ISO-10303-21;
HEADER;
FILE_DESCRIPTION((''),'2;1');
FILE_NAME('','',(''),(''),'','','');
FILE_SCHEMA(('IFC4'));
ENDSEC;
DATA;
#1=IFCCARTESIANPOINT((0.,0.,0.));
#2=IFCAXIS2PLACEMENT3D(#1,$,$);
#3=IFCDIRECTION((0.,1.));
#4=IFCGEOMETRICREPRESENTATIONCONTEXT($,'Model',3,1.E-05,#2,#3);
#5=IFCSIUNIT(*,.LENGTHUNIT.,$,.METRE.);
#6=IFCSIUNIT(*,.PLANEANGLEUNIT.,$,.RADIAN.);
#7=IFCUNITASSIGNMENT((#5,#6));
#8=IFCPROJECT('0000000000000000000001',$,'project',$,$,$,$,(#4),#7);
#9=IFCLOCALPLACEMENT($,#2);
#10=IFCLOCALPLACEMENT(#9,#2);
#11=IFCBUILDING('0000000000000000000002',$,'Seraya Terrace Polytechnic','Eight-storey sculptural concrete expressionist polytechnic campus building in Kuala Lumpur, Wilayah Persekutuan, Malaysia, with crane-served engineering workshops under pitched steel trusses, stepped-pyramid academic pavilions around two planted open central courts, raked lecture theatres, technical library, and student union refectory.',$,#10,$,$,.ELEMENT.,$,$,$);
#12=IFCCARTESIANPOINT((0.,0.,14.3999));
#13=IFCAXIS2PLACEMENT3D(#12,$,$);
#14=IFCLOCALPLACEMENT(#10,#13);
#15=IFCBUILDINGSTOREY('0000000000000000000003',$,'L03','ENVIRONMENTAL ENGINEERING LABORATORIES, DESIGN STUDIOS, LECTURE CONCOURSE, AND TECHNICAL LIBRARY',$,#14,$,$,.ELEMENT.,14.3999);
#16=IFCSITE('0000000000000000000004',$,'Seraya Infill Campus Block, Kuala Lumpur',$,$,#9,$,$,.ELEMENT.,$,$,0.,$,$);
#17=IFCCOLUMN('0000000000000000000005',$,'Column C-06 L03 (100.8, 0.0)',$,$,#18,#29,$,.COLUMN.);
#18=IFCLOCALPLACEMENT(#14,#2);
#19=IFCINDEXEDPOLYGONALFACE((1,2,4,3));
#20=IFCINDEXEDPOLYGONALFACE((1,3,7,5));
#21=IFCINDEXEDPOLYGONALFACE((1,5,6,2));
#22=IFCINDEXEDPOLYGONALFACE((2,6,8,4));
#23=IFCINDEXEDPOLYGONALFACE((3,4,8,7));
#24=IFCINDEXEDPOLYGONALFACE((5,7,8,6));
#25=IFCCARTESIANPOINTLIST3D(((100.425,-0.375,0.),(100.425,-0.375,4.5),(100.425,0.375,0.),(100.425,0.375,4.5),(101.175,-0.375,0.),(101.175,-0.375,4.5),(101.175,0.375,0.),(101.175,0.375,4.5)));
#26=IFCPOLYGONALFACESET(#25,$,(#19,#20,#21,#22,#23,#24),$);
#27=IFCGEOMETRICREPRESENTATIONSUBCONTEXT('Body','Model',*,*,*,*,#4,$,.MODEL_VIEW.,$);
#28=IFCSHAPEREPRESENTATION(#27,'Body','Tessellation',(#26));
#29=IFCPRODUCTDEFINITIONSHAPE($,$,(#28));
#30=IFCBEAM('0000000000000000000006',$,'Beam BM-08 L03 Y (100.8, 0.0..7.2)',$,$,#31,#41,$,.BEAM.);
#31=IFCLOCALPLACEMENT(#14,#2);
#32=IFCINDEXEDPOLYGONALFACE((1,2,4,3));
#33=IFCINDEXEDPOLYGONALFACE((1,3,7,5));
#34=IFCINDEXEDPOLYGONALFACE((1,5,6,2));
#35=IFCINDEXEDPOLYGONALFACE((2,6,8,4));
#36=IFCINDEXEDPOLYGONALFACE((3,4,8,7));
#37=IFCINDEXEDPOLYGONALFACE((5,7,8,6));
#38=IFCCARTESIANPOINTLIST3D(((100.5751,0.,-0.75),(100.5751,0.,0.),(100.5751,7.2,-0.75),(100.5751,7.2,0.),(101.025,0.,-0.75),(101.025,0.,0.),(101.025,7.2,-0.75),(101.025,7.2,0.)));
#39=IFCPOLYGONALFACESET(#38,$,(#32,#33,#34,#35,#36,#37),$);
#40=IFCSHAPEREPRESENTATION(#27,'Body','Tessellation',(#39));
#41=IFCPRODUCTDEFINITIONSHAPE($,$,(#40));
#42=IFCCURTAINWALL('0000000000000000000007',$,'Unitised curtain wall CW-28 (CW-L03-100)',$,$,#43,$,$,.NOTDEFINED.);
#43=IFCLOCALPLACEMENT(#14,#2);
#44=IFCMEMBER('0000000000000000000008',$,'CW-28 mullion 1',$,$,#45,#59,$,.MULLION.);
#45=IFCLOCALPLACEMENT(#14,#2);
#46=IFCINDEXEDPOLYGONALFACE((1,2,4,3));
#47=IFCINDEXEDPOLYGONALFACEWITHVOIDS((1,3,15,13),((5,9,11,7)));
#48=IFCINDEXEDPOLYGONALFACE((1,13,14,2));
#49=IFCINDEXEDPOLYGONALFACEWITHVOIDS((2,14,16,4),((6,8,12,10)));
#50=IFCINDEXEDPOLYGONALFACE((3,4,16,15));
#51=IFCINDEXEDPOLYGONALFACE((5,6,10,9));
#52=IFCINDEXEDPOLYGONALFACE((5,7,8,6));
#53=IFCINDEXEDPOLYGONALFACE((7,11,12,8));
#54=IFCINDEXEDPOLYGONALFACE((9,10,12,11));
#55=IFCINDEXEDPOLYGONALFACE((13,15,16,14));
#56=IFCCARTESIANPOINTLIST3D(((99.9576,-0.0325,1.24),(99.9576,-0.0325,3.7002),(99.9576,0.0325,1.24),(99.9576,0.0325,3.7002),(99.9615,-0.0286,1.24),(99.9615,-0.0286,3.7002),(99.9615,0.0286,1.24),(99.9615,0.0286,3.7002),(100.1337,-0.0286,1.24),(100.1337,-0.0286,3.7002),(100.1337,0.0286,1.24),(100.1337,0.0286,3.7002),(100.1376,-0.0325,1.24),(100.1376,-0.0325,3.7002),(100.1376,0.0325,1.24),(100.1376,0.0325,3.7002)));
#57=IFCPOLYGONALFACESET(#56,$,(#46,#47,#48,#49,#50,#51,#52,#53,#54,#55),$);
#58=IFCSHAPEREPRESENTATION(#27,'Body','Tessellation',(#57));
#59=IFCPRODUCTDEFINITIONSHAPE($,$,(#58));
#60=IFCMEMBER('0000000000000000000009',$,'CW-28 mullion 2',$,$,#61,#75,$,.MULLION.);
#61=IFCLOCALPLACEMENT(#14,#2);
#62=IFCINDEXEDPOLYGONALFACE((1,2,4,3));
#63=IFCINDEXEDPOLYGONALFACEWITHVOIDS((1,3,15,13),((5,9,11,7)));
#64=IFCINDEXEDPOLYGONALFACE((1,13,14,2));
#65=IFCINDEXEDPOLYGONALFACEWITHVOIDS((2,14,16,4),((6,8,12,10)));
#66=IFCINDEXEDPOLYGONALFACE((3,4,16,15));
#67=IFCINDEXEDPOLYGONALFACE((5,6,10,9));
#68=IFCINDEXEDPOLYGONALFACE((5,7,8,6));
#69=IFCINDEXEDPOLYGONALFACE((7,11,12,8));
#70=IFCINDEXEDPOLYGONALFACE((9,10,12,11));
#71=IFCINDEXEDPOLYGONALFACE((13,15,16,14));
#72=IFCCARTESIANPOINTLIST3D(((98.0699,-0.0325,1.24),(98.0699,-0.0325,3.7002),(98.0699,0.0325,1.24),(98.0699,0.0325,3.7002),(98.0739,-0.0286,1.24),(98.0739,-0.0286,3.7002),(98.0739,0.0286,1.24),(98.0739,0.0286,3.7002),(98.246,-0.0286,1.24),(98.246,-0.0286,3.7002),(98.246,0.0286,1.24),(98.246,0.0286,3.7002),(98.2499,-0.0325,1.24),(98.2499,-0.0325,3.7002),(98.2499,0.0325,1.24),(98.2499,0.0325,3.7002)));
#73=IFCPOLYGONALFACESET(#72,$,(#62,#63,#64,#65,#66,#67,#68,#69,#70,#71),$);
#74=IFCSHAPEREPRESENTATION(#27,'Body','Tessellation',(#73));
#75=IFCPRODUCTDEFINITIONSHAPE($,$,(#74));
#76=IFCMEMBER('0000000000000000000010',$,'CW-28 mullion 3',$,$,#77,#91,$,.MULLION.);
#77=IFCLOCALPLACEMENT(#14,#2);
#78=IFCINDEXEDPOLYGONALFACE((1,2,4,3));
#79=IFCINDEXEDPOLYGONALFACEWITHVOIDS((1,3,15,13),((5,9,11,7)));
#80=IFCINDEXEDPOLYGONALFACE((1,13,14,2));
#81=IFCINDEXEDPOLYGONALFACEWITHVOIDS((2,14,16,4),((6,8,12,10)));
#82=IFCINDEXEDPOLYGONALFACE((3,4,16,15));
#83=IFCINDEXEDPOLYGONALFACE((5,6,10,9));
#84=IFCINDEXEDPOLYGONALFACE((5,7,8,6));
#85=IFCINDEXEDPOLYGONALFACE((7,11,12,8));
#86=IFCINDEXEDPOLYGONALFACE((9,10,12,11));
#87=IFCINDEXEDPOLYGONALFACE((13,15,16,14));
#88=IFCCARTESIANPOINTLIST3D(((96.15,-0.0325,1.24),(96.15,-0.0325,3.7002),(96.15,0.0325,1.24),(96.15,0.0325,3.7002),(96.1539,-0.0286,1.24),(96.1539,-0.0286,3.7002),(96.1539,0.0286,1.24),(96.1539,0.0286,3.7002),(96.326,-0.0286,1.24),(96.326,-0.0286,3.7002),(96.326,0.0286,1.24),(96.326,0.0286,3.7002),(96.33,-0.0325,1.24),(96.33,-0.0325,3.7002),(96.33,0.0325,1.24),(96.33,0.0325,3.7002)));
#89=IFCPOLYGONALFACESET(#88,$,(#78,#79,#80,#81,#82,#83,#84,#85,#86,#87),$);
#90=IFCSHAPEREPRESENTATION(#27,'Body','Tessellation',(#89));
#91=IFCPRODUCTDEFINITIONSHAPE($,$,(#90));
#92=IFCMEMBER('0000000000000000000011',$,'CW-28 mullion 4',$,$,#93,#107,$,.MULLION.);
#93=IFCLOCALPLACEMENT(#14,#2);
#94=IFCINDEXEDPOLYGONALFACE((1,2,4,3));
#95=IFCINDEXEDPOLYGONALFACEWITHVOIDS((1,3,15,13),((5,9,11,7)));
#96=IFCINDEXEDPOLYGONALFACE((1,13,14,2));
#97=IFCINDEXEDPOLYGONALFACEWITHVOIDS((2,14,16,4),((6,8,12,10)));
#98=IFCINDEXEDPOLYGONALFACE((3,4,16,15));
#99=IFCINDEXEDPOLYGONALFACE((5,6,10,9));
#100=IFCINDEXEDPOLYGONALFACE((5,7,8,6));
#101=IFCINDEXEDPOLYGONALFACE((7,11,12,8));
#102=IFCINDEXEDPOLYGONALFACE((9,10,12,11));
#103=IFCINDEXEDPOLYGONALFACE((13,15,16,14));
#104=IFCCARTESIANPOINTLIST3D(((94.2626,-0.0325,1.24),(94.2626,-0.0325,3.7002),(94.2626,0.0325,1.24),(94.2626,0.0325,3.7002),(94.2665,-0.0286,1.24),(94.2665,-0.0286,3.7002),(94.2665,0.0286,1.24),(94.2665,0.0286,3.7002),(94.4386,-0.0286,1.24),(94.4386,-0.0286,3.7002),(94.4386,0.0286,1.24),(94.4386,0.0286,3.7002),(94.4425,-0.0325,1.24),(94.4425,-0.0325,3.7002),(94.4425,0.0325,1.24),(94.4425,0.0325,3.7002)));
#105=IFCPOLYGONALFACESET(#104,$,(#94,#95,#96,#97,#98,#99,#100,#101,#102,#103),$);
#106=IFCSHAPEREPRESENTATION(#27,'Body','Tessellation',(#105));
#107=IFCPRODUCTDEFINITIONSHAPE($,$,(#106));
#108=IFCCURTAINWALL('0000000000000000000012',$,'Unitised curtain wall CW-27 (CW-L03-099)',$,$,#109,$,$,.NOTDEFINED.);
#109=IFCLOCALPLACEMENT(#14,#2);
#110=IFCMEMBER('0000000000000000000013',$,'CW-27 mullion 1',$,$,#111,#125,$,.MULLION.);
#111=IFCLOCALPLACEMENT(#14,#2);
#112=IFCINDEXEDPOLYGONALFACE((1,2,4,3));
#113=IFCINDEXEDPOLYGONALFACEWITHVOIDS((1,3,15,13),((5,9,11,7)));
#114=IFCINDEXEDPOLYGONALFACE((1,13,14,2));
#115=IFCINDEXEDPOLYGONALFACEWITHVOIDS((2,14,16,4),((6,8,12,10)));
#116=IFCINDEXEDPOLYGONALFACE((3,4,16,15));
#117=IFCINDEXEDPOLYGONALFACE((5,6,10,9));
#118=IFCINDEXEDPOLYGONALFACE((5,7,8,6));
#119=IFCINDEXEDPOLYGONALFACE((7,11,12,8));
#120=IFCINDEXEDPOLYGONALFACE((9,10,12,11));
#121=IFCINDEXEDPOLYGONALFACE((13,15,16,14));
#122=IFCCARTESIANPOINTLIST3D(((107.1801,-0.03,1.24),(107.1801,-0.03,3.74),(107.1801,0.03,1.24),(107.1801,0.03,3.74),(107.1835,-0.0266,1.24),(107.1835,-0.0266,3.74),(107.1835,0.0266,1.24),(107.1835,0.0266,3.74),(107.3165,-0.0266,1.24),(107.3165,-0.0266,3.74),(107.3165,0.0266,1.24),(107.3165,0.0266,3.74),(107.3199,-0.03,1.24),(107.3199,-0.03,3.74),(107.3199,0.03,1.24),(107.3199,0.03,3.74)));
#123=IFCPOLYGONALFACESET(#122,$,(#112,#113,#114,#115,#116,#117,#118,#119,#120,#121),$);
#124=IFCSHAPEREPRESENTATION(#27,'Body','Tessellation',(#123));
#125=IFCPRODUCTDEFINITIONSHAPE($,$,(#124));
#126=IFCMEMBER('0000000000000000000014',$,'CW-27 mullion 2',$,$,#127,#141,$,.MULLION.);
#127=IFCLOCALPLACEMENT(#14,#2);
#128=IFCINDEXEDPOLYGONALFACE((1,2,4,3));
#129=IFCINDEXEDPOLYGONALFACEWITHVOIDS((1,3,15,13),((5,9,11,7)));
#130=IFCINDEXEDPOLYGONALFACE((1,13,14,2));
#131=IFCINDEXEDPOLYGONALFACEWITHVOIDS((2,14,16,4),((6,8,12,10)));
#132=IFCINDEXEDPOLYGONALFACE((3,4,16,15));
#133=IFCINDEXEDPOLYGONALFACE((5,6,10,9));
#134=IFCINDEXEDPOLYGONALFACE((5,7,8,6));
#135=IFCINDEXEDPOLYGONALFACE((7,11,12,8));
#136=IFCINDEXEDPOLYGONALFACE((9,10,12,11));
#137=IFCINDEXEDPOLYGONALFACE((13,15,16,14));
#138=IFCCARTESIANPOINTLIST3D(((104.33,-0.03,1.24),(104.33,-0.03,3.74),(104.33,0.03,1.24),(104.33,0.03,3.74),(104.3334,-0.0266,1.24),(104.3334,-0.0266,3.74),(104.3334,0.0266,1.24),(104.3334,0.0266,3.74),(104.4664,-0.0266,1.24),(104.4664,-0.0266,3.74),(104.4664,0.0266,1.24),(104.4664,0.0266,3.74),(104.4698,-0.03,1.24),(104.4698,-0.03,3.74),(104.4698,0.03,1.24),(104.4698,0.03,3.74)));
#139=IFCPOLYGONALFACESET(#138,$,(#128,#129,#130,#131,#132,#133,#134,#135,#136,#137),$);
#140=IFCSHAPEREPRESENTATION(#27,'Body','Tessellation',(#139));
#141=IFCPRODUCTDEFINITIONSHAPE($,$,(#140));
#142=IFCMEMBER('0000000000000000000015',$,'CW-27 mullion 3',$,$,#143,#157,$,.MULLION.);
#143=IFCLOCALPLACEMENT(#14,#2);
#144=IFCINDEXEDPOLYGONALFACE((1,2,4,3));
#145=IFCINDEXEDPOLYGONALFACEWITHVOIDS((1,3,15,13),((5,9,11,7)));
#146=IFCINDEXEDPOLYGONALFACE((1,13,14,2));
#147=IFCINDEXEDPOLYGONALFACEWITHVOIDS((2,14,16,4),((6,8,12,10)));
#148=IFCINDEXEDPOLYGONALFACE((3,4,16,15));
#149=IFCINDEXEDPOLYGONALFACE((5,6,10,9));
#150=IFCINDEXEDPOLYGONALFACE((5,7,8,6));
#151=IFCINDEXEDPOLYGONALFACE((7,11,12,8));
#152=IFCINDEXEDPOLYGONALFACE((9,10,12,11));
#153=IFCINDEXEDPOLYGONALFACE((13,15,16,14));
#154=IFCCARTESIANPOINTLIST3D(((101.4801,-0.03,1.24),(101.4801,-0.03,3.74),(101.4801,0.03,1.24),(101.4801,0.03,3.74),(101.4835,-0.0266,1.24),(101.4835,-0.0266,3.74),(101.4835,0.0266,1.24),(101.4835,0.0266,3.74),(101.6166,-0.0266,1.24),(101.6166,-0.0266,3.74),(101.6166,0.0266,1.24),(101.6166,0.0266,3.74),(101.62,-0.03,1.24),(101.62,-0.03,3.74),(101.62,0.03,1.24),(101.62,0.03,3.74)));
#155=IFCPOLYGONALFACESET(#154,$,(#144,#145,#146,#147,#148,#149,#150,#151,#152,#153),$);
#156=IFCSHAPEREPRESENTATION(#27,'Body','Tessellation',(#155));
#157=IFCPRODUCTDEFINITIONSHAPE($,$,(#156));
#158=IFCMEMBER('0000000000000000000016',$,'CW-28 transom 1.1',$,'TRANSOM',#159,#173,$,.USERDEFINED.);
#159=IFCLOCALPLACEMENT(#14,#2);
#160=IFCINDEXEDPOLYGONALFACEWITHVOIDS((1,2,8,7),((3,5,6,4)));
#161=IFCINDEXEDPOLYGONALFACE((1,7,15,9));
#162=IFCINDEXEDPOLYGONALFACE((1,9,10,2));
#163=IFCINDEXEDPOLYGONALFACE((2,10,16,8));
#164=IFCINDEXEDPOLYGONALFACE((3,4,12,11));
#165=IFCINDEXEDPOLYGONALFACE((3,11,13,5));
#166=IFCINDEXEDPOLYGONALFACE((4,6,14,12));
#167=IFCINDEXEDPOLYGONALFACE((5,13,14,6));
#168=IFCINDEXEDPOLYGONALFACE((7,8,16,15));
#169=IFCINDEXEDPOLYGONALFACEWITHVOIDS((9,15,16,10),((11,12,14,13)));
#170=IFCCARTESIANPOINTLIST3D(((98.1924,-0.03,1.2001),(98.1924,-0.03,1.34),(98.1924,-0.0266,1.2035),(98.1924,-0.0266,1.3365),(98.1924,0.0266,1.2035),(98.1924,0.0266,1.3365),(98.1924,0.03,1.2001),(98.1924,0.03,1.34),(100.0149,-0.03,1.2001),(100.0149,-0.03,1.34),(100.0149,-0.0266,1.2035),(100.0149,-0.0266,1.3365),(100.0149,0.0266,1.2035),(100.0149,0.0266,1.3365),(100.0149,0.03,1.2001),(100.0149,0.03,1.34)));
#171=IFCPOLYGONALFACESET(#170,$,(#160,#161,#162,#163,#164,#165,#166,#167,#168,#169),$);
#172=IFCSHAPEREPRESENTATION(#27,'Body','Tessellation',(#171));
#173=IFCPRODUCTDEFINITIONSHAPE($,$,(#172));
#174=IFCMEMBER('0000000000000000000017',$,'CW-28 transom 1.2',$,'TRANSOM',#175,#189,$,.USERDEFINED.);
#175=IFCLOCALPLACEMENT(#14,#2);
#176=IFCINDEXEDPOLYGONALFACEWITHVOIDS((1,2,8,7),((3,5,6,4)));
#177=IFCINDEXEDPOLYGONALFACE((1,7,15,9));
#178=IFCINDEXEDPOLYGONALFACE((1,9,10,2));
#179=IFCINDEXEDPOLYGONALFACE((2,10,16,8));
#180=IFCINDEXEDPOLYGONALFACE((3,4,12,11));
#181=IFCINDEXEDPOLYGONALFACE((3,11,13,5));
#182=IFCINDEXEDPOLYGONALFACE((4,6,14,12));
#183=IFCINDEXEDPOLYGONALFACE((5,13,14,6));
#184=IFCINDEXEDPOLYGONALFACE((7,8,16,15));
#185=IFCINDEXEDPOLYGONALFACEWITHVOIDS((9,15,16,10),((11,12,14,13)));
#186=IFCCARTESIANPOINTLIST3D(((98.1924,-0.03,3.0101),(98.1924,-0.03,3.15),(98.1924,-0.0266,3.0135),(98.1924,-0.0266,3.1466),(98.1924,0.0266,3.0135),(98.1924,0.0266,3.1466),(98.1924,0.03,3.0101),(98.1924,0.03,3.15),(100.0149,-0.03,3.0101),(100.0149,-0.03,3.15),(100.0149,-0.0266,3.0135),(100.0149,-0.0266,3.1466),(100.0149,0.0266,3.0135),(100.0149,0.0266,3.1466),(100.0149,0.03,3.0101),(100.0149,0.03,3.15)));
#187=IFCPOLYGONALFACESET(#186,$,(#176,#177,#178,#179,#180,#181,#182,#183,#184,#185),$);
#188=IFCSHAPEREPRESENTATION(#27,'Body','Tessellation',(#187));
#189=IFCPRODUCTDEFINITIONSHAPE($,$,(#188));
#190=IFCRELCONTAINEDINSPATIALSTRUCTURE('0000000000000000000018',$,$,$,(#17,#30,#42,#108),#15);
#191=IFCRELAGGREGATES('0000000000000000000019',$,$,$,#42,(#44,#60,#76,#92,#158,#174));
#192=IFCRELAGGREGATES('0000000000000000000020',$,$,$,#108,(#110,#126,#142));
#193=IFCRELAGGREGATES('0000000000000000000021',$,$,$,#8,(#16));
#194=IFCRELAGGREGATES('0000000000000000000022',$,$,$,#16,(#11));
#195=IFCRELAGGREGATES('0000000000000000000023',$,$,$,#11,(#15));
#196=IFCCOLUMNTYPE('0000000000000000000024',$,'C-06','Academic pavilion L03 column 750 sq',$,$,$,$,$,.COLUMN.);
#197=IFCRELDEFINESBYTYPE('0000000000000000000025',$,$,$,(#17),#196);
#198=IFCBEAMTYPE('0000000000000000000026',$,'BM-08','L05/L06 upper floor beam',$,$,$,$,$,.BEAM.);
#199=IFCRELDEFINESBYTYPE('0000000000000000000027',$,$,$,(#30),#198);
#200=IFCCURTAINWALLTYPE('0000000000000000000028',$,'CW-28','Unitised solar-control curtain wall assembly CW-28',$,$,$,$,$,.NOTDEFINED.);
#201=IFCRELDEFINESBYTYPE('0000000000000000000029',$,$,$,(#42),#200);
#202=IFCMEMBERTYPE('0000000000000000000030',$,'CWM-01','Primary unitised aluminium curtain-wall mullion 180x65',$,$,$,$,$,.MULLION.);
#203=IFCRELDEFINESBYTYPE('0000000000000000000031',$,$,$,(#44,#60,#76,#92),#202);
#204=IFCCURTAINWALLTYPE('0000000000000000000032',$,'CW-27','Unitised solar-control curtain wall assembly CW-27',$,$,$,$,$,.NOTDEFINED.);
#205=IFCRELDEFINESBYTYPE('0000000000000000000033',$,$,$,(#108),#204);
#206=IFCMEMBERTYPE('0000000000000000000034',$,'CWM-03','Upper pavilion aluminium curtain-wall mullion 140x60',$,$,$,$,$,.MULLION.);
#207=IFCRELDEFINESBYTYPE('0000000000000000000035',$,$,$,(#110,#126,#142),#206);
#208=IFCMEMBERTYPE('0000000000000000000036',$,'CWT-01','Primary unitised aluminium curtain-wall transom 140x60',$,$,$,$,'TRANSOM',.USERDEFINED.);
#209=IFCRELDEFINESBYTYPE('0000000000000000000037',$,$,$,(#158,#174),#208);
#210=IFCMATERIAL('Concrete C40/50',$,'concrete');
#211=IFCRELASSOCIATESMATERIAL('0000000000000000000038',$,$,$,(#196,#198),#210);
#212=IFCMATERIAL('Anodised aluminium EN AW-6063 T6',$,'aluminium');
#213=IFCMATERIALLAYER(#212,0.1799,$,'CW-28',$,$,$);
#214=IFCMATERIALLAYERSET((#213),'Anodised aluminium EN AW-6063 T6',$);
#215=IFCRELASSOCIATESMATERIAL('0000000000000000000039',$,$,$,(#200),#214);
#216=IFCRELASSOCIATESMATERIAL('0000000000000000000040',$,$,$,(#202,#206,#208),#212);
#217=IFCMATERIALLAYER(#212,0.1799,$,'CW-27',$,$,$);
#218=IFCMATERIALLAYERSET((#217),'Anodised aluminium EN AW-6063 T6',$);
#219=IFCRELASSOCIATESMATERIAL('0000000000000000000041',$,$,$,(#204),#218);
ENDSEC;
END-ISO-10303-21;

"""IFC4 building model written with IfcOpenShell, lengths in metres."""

from ifc_helpers import new_model, si_unit, direction, frame, origin, origin_2d, place, context, subcontext, project, spatial, rectangle, hollow_rectangle, extrude, material, layer, layer_set, material_profile, profile_set, type_object, element, aggregate, save


model = new_model("IFC4")

# Units and contexts
model_context = context("Model", 3, precision=1e-05, world=origin(), true_north=direction((0.0, 1.0)))
body_context = subcontext(model_context, "Body", "Model", "MODEL_VIEW")
ifc_project = project(units=[si_unit("LENGTHUNIT", "METRE"), si_unit("PLANEANGLEUNIT", "RADIAN")], contexts=[model_context])

# Site, building, storey
site_placement = place(None, origin())
site = spatial("IfcSite", under=ifc_project, at=site_placement, Name="Seraya Infill Campus Block, Kuala Lumpur", CompositionType="ELEMENT", RefElevation=0.0)
building_placement = place(site_placement, origin())
building = spatial("IfcBuilding", under=site, at=building_placement, Name="Seraya Terrace Polytechnic", Description="Eight-storey sculptural concrete expressionist polytechnic campus building in Kuala Lumpur, Wilayah Persekutuan, Malaysia, with crane-served engineering workshops under pitched steel trusses, stepped-pyramid academic pavilions around two planted open central courts, raked lecture theatres, technical library, and student union refectory.", CompositionType="ELEMENT")
storey_placement = place(building_placement, frame((0.0, 0.0, 14.3999)))
storey = spatial("IfcBuildingStorey", under=building, at=storey_placement, Name="L03", Description="ENVIRONMENTAL ENGINEERING LABORATORIES, DESIGN STUDIOS, LECTURE CONCOURSE, AND TECHNICAL LIBRARY", CompositionType="ELEMENT", Elevation=14.3999)

# Column
ifc_material_1 = material(Name="Concrete C40/50", Category="concrete")
ifc_material_profile_1 = material_profile(ifc_material_1, rectangle(XDim=0.75, YDim=0.75, at=origin_2d()), Name="RC 750x750")
ifc_profile_set_1 = profile_set([ifc_material_profile_1], Name="Concrete C40/50")
column_type = type_object("IfcColumnType", Name="C-06", Description="Academic pavilion L03 column 750 sq", PredefinedType="COLUMN", material=ifc_profile_set_1)
column_placement = place(storey_placement, frame((100.8, 0.0, 0.0), z_axis=(0.0, 0.0, 1.0), x_axis=(1.0, 0.0, 0.0)))
element("IfcColumn", 1, at=column_placement, inside=storey, type_object=column_type, Name="Column C-06 L03 (100.8, 0.0)", PredefinedType="COLUMN", context=body_context, shape_type="SweptSolid", body=[
    extrude(rectangle(XDim=0.75, YDim=0.75, at=origin_2d()), origin(), (0.0, 0.0, 1.0), 4.5),
])

# Beam
ifc_material_profile_2 = material_profile(ifc_material_1, rectangle(XDim=0.45, YDim=0.75, at=origin_2d()), Name="RC 450x750")
ifc_profile_set_2 = profile_set([ifc_material_profile_2], Name="Concrete C40/50")
beam_type_1 = type_object("IfcBeamType", Name="BM-08", Description="L05/L06 upper floor beam", PredefinedType="BEAM", material=ifc_profile_set_2)
beam_1_placement = place(storey_placement, frame((100.8, 0.0, -0.375), z_axis=(0.0, 1.0, 0.0), x_axis=(-1.0, 0.0, 0.0)))
element("IfcBeam", 2, at=beam_1_placement, inside=storey, type_object=beam_type_1, Name="Beam BM-08 L03 Y (100.8, 0.0..7.2)", PredefinedType="BEAM", context=body_context, shape_type="SweptSolid", body=[
    extrude(rectangle(XDim=0.45, YDim=0.75, at=origin_2d()), origin(), (0.0, 0.0, 1.0), 7.2),
])

# Curtain walls, members
ifc_material_2 = material(Name="Anodised aluminium EN AW-6063 T6", Category="aluminium")
ifc_layer_1 = layer(ifc_material_2, 0.1799, Name="CW-28")
ifc_layer_set_1 = layer_set([ifc_layer_1], Name="Anodised aluminium EN AW-6063 T6")
curtain_wall_type_1 = type_object("IfcCurtainWallType", Name="CW-28", Description="Unitised solar-control curtain wall assembly CW-28", PredefinedType="NOTDEFINED", material=ifc_layer_set_1)
curtain_wall_1_placement = place(storey_placement, origin())
curtain_wall_1 = element("IfcCurtainWall", 3, at=curtain_wall_1_placement, inside=storey, type_object=curtain_wall_type_1, Name="Unitised curtain wall CW-28 (CW-L03-100)", PredefinedType="NOTDEFINED")
ifc_material_profile_3 = material_profile(ifc_material_2, hollow_rectangle(XDim=0.0649, YDim=0.1799, WallThickness=0.0039, at=origin_2d()), Name="RHS 180x65x4.0")
ifc_profile_set_3 = profile_set([ifc_material_profile_3], Name="Anodised aluminium EN AW-6063 T6")
member_type_1 = type_object("IfcMemberType", Name="CWM-01", Description="Primary unitised aluminium curtain-wall mullion 180x65", PredefinedType="MULLION", material=ifc_profile_set_3)
member_1_placement = place(storey_placement, frame((100.0476, 0.0, 1.24), z_axis=(0.0, 0.0, 1.0), x_axis=(0.0, -1.0, 0.0)))
member_1 = element("IfcMember", 4, at=member_1_placement, type_object=member_type_1, Name="CW-28 mullion 1", PredefinedType="MULLION", context=body_context, shape_type="SweptSolid", body=[
    extrude(hollow_rectangle(XDim=0.0649, YDim=0.1799, WallThickness=0.0039, at=origin_2d()), origin(), (0.0, 0.0, 1.0), 2.4602),
])
member_2_placement = place(storey_placement, frame((98.1599, 0.0, 1.24), z_axis=(0.0, 0.0, 1.0), x_axis=(0.0, -1.0, 0.0)))
member_2 = element("IfcMember", 5, at=member_2_placement, type_object=member_type_1, Name="CW-28 mullion 2", PredefinedType="MULLION", context=body_context, shape_type="SweptSolid", body=[
    extrude(hollow_rectangle(XDim=0.0649, YDim=0.1799, WallThickness=0.0039, at=origin_2d()), origin(), (0.0, 0.0, 1.0), 2.4602),
])
member_3_placement = place(storey_placement, frame((96.24, 0.0, 1.24), z_axis=(0.0, 0.0, 1.0), x_axis=(0.0, -1.0, 0.0)))
member_3 = element("IfcMember", 6, at=member_3_placement, type_object=member_type_1, Name="CW-28 mullion 3", PredefinedType="MULLION", context=body_context, shape_type="SweptSolid", body=[
    extrude(hollow_rectangle(XDim=0.0649, YDim=0.1799, WallThickness=0.0039, at=origin_2d()), origin(), (0.0, 0.0, 1.0), 2.4602),
])
member_4_placement = place(storey_placement, frame((94.3525, 0.0, 1.24), z_axis=(0.0, 0.0, 1.0), x_axis=(0.0, -1.0, 0.0)))
member_4 = element("IfcMember", 7, at=member_4_placement, type_object=member_type_1, Name="CW-28 mullion 4", PredefinedType="MULLION", context=body_context, shape_type="SweptSolid", body=[
    extrude(hollow_rectangle(XDim=0.0649, YDim=0.1799, WallThickness=0.0039, at=origin_2d()), origin(), (0.0, 0.0, 1.0), 2.4602),
])
ifc_layer_2 = layer(ifc_material_2, 0.1799, Name="CW-27")
ifc_layer_set_2 = layer_set([ifc_layer_2], Name="Anodised aluminium EN AW-6063 T6")
curtain_wall_type_2 = type_object("IfcCurtainWallType", Name="CW-27", Description="Unitised solar-control curtain wall assembly CW-27", PredefinedType="NOTDEFINED", material=ifc_layer_set_2)
curtain_wall_2_placement = place(storey_placement, origin())
curtain_wall_2 = element("IfcCurtainWall", 8, at=curtain_wall_2_placement, inside=storey, type_object=curtain_wall_type_2, Name="Unitised curtain wall CW-27 (CW-L03-099)", PredefinedType="NOTDEFINED")
ifc_material_profile_4 = material_profile(ifc_material_2, hollow_rectangle(XDim=0.0601, YDim=0.1399, WallThickness=0.0034, at=origin_2d()), Name="RHS 140x60x3.5")
ifc_profile_set_4 = profile_set([ifc_material_profile_4], Name="Anodised aluminium EN AW-6063 T6")
member_type_2 = type_object("IfcMemberType", Name="CWM-03", Description="Upper pavilion aluminium curtain-wall mullion 140x60", PredefinedType="MULLION", material=ifc_profile_set_4)
member_5_placement = place(storey_placement, frame((107.25, 0.0, 1.24), z_axis=(0.0, 0.0, 1.0), x_axis=(0.0, -1.0, 0.0)))
member_5 = element("IfcMember", 9, at=member_5_placement, type_object=member_type_2, Name="CW-27 mullion 1", PredefinedType="MULLION", context=body_context, shape_type="SweptSolid", body=[
    extrude(hollow_rectangle(XDim=0.0601, YDim=0.1399, WallThickness=0.0034, at=origin_2d()), origin(), (0.0, 0.0, 1.0), 2.5),
])
member_6_placement = place(storey_placement, frame((104.3999, 0.0, 1.24), z_axis=(0.0, 0.0, 1.0), x_axis=(0.0, -1.0, 0.0)))
member_6 = element("IfcMember", 10, at=member_6_placement, type_object=member_type_2, Name="CW-27 mullion 2", PredefinedType="MULLION", context=body_context, shape_type="SweptSolid", body=[
    extrude(hollow_rectangle(XDim=0.0601, YDim=0.1399, WallThickness=0.0034, at=origin_2d()), origin(), (0.0, 0.0, 1.0), 2.5),
])
member_7_placement = place(storey_placement, frame((101.55, 0.0, 1.24), z_axis=(0.0, 0.0, 1.0), x_axis=(0.0, -1.0, 0.0)))
member_7 = element("IfcMember", 11, at=member_7_placement, type_object=member_type_2, Name="CW-27 mullion 3", PredefinedType="MULLION", context=body_context, shape_type="SweptSolid", body=[
    extrude(hollow_rectangle(XDim=0.0601, YDim=0.1399, WallThickness=0.0034, at=origin_2d()), origin(), (0.0, 0.0, 1.0), 2.5),
])

# Members
ifc_material_profile_5 = material_profile(ifc_material_2, hollow_rectangle(XDim=0.0601, YDim=0.1399, WallThickness=0.0034, at=origin_2d()), Name="RHS 140x60x3.5")
ifc_profile_set_5 = profile_set([ifc_material_profile_5], Name="Anodised aluminium EN AW-6063 T6")
member_type_3 = type_object("IfcMemberType", Name="CWT-01", Description="Primary unitised aluminium curtain-wall transom 140x60", ElementType="TRANSOM", PredefinedType="USERDEFINED", material=ifc_profile_set_5)
member_8_placement = place(storey_placement, frame((100.0149, 0.0, 1.27), z_axis=(-1.0, 0.0, 0.0), x_axis=(0.0, -1.0, 0.0)))
member_8 = element("IfcMember", 12, at=member_8_placement, type_object=member_type_3, Name="CW-28 transom 1.1", ObjectType="TRANSOM", PredefinedType="USERDEFINED", context=body_context, shape_type="SweptSolid", body=[
    extrude(hollow_rectangle(XDim=0.0601, YDim=0.1399, WallThickness=0.0034, at=origin_2d()), origin(), (0.0, 0.0, 1.0), 1.8225),
])
member_9_placement = place(storey_placement, frame((100.0149, 0.0, 3.0801), z_axis=(-1.0, 0.0, 0.0), x_axis=(0.0, -1.0, 0.0)))
member_9 = element("IfcMember", 13, at=member_9_placement, type_object=member_type_3, Name="CW-28 transom 1.2", ObjectType="TRANSOM", PredefinedType="USERDEFINED", context=body_context, shape_type="SweptSolid", body=[
    extrude(hollow_rectangle(XDim=0.0601, YDim=0.1399, WallThickness=0.0034, at=origin_2d()), origin(), (0.0, 0.0, 1.0), 1.8225),
])

aggregate(curtain_wall_1, [member_1, member_2, member_3, member_4, member_8, member_9])
aggregate(curtain_wall_2, [member_5, member_6, member_7])

save(model, "model.ifc")
